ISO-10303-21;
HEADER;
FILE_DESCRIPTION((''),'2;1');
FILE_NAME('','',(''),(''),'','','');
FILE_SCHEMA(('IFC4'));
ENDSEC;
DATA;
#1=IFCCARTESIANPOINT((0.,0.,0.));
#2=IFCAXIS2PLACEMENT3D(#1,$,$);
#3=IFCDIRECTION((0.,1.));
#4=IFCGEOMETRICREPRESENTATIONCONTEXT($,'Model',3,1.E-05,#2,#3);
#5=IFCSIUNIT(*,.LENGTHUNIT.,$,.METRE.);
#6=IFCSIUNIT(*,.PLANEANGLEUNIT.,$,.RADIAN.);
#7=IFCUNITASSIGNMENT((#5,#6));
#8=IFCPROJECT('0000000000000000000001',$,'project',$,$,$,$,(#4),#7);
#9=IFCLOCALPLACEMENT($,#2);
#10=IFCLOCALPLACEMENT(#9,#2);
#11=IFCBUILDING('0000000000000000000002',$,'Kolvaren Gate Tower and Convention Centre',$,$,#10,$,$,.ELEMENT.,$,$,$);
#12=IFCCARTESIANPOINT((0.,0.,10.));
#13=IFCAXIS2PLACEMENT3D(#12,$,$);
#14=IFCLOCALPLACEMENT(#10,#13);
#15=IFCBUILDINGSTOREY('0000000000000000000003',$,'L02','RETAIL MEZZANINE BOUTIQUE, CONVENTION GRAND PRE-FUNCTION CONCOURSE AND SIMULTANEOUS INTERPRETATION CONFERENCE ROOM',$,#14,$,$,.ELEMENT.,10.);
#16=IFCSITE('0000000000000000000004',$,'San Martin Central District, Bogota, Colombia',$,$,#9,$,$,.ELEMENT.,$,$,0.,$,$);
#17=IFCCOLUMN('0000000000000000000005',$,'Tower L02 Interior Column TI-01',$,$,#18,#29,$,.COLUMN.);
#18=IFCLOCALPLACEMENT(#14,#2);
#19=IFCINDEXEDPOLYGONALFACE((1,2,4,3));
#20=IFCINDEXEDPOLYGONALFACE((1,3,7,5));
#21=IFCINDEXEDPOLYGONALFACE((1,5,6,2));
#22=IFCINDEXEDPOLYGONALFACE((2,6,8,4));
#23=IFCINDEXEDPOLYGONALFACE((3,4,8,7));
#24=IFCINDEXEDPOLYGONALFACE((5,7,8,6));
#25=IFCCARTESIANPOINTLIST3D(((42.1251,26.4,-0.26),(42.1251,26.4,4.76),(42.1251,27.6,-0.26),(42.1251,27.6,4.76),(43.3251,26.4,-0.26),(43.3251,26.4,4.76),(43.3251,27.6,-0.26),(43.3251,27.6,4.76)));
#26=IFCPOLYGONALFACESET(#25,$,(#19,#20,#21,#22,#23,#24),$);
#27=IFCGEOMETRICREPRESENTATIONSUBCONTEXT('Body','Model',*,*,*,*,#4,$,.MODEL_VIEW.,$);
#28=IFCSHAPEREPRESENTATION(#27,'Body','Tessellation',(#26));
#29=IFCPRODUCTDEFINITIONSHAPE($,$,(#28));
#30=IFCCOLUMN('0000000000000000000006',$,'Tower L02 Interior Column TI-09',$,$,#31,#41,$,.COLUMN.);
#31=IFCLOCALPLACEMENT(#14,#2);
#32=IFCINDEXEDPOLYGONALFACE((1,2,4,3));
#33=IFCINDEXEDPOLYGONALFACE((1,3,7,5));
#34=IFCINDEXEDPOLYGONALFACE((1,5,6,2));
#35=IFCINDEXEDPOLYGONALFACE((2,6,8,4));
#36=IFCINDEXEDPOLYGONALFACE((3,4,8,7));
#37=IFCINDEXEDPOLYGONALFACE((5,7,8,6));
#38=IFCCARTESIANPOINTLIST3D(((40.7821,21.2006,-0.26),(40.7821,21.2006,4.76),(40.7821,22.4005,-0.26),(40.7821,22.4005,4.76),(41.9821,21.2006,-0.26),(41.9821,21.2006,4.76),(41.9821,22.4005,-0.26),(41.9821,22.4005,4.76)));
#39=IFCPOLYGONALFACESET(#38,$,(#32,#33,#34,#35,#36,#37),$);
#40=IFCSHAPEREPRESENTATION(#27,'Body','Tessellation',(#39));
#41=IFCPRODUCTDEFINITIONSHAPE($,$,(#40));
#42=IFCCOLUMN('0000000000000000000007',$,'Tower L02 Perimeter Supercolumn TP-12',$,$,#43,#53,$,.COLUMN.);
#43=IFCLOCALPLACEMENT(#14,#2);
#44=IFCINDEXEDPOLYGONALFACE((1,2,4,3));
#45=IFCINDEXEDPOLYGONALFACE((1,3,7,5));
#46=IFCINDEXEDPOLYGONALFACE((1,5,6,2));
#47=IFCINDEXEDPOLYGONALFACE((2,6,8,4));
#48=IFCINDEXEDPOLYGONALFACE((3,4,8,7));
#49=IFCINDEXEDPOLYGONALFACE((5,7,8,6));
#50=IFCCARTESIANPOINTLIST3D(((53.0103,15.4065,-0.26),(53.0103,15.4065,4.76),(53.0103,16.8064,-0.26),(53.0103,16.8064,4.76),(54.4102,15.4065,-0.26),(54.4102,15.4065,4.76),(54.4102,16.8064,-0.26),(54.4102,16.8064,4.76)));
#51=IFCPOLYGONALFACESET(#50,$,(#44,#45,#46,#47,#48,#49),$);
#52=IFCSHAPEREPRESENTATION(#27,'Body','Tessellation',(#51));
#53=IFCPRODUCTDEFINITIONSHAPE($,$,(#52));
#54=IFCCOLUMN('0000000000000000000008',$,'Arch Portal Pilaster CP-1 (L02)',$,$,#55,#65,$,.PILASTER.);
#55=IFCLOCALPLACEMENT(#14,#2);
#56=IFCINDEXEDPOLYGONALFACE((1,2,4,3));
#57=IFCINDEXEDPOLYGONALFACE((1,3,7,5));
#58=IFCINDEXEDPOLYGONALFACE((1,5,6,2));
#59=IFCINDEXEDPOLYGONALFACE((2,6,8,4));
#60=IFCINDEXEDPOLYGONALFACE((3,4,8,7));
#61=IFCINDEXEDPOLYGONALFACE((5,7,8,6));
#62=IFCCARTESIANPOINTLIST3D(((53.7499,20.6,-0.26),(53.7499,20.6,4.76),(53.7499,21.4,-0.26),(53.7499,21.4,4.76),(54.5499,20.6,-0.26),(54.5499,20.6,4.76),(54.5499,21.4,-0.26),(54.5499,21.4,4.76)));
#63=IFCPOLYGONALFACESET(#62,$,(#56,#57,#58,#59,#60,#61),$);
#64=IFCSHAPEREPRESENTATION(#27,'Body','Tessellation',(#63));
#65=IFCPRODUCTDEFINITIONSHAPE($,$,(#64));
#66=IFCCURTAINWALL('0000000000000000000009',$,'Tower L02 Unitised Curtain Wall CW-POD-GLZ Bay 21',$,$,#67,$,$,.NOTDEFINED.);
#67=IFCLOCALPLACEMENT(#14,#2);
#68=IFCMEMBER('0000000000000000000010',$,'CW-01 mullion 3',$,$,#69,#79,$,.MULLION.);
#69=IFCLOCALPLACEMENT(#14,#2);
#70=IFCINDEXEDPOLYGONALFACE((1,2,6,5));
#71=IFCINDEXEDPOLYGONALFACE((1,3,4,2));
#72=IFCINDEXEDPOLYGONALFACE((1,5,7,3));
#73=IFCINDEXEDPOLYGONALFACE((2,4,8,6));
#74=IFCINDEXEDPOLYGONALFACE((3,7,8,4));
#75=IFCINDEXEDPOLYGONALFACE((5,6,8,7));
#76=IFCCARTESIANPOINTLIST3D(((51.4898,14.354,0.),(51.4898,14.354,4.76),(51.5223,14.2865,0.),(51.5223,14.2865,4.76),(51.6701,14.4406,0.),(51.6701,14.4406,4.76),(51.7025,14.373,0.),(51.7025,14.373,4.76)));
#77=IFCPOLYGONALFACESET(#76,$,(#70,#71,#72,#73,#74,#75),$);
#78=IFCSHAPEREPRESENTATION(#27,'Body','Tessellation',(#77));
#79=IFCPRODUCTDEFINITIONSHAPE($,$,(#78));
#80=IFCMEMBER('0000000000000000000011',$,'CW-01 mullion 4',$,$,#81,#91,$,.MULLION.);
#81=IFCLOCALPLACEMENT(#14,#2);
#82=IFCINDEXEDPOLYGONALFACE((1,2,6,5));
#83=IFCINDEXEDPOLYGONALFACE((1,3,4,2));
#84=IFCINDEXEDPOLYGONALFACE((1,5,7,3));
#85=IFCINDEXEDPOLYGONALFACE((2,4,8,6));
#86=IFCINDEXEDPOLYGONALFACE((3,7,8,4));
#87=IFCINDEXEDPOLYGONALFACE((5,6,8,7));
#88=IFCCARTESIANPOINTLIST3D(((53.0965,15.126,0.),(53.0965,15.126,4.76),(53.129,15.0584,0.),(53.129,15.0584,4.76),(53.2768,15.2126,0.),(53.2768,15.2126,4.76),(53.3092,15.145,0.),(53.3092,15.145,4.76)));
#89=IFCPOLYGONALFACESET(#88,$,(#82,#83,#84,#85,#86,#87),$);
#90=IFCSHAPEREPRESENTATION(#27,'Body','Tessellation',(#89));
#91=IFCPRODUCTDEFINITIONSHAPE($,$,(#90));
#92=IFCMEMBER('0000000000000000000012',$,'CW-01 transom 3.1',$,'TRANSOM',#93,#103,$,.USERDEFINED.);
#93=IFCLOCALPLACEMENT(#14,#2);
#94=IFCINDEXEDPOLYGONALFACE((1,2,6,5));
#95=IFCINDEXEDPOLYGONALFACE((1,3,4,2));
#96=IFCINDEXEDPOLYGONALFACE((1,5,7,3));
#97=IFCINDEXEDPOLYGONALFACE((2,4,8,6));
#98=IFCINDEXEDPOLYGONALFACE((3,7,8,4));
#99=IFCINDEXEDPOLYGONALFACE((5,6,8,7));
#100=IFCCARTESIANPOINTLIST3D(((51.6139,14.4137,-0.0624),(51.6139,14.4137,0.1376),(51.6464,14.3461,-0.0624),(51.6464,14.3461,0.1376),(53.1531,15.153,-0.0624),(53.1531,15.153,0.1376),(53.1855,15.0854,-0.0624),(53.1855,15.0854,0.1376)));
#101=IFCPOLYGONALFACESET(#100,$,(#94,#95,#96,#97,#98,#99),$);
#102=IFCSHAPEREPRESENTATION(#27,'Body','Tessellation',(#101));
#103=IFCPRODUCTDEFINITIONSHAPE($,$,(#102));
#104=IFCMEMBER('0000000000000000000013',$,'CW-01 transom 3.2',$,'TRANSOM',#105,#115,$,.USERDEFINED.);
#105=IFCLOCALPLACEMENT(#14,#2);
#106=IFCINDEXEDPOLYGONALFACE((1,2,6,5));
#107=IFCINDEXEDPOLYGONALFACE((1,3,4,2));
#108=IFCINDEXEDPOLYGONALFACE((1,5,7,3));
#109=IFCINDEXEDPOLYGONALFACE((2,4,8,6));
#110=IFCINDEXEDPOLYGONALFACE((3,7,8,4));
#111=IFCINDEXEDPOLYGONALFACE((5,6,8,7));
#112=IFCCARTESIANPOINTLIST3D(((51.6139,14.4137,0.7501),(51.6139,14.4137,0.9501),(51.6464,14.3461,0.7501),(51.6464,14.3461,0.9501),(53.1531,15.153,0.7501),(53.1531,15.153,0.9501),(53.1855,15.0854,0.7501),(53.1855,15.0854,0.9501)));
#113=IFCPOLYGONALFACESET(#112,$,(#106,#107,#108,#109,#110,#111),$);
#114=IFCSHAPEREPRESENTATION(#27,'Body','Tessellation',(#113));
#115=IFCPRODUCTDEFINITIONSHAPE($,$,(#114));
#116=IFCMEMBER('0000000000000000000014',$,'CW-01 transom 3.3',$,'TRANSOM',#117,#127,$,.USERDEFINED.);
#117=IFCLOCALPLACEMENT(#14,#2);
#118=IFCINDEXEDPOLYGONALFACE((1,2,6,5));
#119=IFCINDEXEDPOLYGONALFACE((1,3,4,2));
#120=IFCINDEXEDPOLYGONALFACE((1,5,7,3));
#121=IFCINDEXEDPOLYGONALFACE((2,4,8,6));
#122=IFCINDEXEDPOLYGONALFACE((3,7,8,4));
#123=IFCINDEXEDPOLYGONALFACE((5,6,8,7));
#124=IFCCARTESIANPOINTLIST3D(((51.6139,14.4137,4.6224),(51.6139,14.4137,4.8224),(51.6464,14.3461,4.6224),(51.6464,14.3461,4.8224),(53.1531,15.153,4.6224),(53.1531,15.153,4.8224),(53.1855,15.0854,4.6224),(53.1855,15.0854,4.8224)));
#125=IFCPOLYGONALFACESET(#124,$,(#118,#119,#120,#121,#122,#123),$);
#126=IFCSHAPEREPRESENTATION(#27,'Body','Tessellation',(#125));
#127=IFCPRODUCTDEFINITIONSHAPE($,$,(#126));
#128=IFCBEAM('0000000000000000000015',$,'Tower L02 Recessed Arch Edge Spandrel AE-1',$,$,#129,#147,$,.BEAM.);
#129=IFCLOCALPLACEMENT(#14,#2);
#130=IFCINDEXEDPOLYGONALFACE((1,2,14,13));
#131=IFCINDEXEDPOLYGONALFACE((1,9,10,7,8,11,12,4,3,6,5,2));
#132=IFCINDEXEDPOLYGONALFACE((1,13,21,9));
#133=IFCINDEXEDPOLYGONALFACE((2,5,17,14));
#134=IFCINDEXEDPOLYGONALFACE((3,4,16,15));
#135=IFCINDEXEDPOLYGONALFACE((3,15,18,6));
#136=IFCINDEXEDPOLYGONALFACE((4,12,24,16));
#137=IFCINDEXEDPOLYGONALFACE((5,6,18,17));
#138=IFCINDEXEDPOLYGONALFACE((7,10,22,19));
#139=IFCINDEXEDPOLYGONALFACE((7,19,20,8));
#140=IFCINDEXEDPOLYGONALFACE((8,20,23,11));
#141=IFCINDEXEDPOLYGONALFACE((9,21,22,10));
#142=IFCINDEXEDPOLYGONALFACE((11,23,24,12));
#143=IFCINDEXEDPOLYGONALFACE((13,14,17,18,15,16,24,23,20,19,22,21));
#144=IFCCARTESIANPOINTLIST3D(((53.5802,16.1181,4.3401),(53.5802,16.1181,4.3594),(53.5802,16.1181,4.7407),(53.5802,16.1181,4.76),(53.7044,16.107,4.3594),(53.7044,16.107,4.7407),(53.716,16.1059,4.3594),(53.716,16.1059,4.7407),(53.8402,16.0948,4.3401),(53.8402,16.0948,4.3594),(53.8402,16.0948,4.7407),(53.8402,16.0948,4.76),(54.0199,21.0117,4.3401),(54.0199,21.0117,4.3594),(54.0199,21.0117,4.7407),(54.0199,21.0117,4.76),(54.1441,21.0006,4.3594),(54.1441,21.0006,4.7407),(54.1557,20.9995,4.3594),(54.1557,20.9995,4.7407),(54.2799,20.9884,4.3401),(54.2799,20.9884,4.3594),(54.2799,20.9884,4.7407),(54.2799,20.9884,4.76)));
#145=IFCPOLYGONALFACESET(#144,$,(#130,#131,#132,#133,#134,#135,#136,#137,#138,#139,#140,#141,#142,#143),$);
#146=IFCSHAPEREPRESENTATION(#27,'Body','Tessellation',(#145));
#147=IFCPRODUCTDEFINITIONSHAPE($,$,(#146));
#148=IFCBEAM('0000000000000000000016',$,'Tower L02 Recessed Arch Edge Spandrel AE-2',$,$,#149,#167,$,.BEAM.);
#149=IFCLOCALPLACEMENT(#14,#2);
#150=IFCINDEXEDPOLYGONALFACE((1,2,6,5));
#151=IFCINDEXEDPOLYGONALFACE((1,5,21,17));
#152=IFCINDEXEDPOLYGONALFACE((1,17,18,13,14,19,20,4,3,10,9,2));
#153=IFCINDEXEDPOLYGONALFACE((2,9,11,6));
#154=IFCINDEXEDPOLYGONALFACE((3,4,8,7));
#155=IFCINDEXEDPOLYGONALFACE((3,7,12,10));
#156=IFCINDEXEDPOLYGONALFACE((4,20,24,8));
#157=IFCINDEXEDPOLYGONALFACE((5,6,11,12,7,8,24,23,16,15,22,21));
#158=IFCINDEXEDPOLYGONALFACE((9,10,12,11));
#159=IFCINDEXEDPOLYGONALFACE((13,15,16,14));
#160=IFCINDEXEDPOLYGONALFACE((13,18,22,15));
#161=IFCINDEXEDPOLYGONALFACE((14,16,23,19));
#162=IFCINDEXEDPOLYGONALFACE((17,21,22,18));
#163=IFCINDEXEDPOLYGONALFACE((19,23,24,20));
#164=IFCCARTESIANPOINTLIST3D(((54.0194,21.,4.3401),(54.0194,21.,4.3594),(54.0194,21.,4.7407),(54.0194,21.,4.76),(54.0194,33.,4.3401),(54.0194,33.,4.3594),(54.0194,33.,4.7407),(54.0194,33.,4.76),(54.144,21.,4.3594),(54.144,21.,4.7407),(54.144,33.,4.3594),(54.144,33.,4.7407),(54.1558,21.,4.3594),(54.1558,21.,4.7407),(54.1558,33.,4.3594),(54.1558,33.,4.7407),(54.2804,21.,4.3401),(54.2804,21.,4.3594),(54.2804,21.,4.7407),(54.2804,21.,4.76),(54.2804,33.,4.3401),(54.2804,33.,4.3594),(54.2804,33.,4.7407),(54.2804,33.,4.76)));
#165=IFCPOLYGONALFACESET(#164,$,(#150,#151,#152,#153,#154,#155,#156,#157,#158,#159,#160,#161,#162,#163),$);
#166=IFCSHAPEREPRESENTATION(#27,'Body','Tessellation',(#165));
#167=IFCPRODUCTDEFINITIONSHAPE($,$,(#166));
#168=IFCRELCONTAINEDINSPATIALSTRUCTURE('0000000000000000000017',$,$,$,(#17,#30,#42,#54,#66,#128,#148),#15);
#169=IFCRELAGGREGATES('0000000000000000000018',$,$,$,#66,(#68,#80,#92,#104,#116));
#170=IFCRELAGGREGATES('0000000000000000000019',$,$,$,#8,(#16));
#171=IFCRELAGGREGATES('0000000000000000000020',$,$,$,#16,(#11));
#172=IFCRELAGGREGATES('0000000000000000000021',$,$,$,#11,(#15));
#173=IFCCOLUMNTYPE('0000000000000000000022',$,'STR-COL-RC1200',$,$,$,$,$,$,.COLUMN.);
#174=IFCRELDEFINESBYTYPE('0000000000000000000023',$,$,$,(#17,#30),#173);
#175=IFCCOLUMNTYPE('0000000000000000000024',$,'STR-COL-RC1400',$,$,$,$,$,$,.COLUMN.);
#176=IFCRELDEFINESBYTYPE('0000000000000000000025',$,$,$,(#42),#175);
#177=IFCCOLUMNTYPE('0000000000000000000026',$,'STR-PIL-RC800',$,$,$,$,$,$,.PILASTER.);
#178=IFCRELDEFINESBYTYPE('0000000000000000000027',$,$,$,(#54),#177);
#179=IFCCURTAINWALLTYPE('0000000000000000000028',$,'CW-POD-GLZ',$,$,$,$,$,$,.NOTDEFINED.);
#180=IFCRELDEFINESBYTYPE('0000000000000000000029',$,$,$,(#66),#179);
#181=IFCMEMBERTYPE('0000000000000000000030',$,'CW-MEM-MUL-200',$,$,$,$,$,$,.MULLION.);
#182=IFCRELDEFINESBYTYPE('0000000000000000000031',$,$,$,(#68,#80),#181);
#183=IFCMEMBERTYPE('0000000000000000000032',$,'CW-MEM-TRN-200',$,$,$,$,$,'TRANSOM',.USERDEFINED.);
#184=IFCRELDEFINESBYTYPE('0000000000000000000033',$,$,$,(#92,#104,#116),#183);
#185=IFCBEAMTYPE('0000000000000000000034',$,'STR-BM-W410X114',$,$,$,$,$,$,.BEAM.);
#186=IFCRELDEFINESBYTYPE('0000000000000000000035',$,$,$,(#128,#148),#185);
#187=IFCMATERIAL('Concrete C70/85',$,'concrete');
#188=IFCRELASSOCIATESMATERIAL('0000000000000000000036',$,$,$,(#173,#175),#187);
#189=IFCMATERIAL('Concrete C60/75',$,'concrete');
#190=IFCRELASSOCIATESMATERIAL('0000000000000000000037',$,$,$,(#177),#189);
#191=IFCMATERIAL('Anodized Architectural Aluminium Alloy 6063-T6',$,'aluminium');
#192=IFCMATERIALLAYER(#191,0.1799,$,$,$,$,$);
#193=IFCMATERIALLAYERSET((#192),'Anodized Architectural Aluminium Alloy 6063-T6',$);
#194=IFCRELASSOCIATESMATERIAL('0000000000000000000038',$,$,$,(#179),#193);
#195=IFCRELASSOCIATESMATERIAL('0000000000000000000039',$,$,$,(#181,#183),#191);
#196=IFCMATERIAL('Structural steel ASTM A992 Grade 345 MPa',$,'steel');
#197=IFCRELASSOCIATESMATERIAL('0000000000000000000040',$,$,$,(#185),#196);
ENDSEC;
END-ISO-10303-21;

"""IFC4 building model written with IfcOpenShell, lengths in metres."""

from ifc_helpers import new_model, si_unit, direction, frame, origin, origin_2d, place, context, subcontext, project, spatial, rectangle, i_section, extrude, material, layer, layer_set, material_profile, profile_set, type_object, element, aggregate, save


model = new_model("IFC4")

# Units and contexts
model_context = context("Model", 3, precision=1e-05, world=origin(), true_north=direction((0.0, 1.0)))
body_context = subcontext(model_context, "Body", "Model", "MODEL_VIEW")
ifc_project = project(units=[si_unit("LENGTHUNIT", "METRE"), si_unit("PLANEANGLEUNIT", "RADIAN")], contexts=[model_context])

# Site, building, storey
site_placement = place(None, origin())
site = spatial("IfcSite", under=ifc_project, at=site_placement, Name="San Martin Central District, Bogota, Colombia", CompositionType="ELEMENT", RefElevation=0.0)
building_placement = place(site_placement, origin())
building = spatial("IfcBuilding", under=site, at=building_placement, Name="Kolvaren Gate Tower and Convention Centre", CompositionType="ELEMENT")
storey_placement = place(building_placement, frame((0.0, 0.0, 10.0)))
storey = spatial("IfcBuildingStorey", under=building, at=storey_placement, Name="L02", Description="RETAIL MEZZANINE BOUTIQUE, CONVENTION GRAND PRE-FUNCTION CONCOURSE AND SIMULTANEOUS INTERPRETATION CONFERENCE ROOM", CompositionType="ELEMENT", Elevation=10.0)

# Columns
ifc_material_1 = material(Name="Concrete C70/85", Category="concrete")
ifc_material_profile_1 = material_profile(ifc_material_1, rectangle(XDim=1.2, YDim=1.2, at=origin_2d()), Name="RC-COL-1200X1200")
ifc_profile_set_1 = profile_set([ifc_material_profile_1], Name="Concrete C70/85")
column_type_1 = type_object("IfcColumnType", Name="STR-COL-RC1200", PredefinedType="COLUMN", material=ifc_profile_set_1)
for number, where, z_axis, x_axis, name in (
    (1, (42.7251, 27.0, -0.26), (0.0, 0.0, 1.0), (1.0, 0.0, 0.0), "Tower L02 Interior Column TI-01"),
    (2, (41.3821, 21.8005, -0.26), (0.0, 0.0, 1.0), (1.0, 0.0, 0.0), "Tower L02 Interior Column TI-09"),
):
    element("IfcColumn", number, at=place(storey_placement, frame(where, z_axis=z_axis, x_axis=x_axis)), inside=storey, type_object=column_type_1, Name=name, PredefinedType="COLUMN", context=body_context, shape_type="SweptSolid", body=[
        extrude(rectangle(XDim=1.2, YDim=1.2, at=origin_2d()), origin(), (0.0, 0.0, 1.0), 5.02),
    ])
ifc_material_profile_2 = material_profile(ifc_material_1, rectangle(XDim=1.3999, YDim=1.3999, at=origin_2d()), Name="RC-COL-1400X1400")
ifc_profile_set_2 = profile_set([ifc_material_profile_2], Name="Concrete C70/85")
column_type_2 = type_object("IfcColumnType", Name="STR-COL-RC1400", PredefinedType="COLUMN", material=ifc_profile_set_2)
column_1_placement = place(storey_placement, frame((53.7102, 16.1064, -0.26), z_axis=(0.0, 0.0, 1.0), x_axis=(1.0, 0.0, 0.0)))
element("IfcColumn", 3, at=column_1_placement, inside=storey, type_object=column_type_2, Name="Tower L02 Perimeter Supercolumn TP-12", PredefinedType="COLUMN", context=body_context, shape_type="SweptSolid", body=[
    extrude(rectangle(XDim=1.3999, YDim=1.3999, at=origin_2d()), origin(), (0.0, 0.0, 1.0), 5.02),
])
ifc_material_2 = material(Name="Concrete C60/75", Category="concrete")
ifc_material_profile_3 = material_profile(ifc_material_2, rectangle(XDim=0.8, YDim=0.8, at=origin_2d()), Name="RC-COL-800X800")
ifc_profile_set_3 = profile_set([ifc_material_profile_3], Name="Concrete C60/75")
column_type_3 = type_object("IfcColumnType", Name="STR-PIL-RC800", PredefinedType="PILASTER", material=ifc_profile_set_3)
column_2_placement = place(storey_placement, frame((54.1499, 21.0, -0.26), z_axis=(0.0, 0.0, 1.0), x_axis=(1.0, 0.0, 0.0)))
element("IfcColumn", 4, at=column_2_placement, inside=storey, type_object=column_type_3, Name="Arch Portal Pilaster CP-1 (L02)", PredefinedType="PILASTER", context=body_context, shape_type="SweptSolid", body=[
    extrude(rectangle(XDim=0.8, YDim=0.8, at=origin_2d()), origin(), (0.0, 0.0, 1.0), 5.02),
])

# Curtain wall, members
ifc_material_3 = material(Name="Anodized Architectural Aluminium Alloy 6063-T6", Category="aluminium")
ifc_layer_1 = layer(ifc_material_3, 0.1799)
ifc_layer_set_1 = layer_set([ifc_layer_1], Name="Anodized Architectural Aluminium Alloy 6063-T6")
curtain_wall_type = type_object("IfcCurtainWallType", Name="CW-POD-GLZ", PredefinedType="NOTDEFINED", material=ifc_layer_set_1)
curtain_wall_placement = place(storey_placement, origin())
curtain_wall = element("IfcCurtainWall", 5, at=curtain_wall_placement, inside=storey, type_object=curtain_wall_type, Name="Tower L02 Unitised Curtain Wall CW-POD-GLZ Bay 21", PredefinedType="NOTDEFINED")
ifc_material_profile_4 = material_profile(ifc_material_3, rectangle(XDim=0.075, YDim=0.2, at=origin_2d()), Name="CW-MEM-MUL-200")
ifc_profile_set_4 = profile_set([ifc_material_profile_4], Name="Anodized Architectural Aluminium Alloy 6063-T6")
member_type_1 = type_object("IfcMemberType", Name="CW-MEM-MUL-200", PredefinedType="MULLION", material=ifc_profile_set_4)
member_1_placement = place(storey_placement, frame((51.5962, 14.3635, 0.0), z_axis=(0.0, 0.0, 1.0), x_axis=(-0.433063, 0.901364, 0.0)))
member_1 = element("IfcMember", 6, at=member_1_placement, type_object=member_type_1, Name="CW-01 mullion 3", PredefinedType="MULLION", context=body_context, shape_type="SweptSolid", body=[
    extrude(rectangle(XDim=0.075, YDim=0.2, at=origin_2d()), origin(), (0.0, 0.0, 1.0), 4.76),
])
member_2_placement = place(storey_placement, frame((53.2029, 15.1355, 0.0), z_axis=(0.0, 0.0, 1.0), x_axis=(-0.433063, 0.901364, 0.0)))
member_2 = element("IfcMember", 7, at=member_2_placement, type_object=member_type_1, Name="CW-01 mullion 4", PredefinedType="MULLION", context=body_context, shape_type="SweptSolid", body=[
    extrude(rectangle(XDim=0.075, YDim=0.2, at=origin_2d()), origin(), (0.0, 0.0, 1.0), 4.76),
])
ifc_material_profile_5 = material_profile(ifc_material_3, rectangle(XDim=0.075, YDim=0.2, at=origin_2d()), Name="CW-MEM-TRN-200")
ifc_profile_set_5 = profile_set([ifc_material_profile_5], Name="Anodized Architectural Aluminium Alloy 6063-T6")
member_type_2 = type_object("IfcMemberType", Name="CW-MEM-TRN-200", ElementType="TRANSOM", PredefinedType="USERDEFINED", material=ifc_profile_set_5)
member_3_placement = place(storey_placement, frame((51.6301, 14.3799, 0.0376), z_axis=(0.901407, 0.432973, 0.0), x_axis=(-0.432973, 0.901407, 0.0)))
member_3 = element("IfcMember", 8, at=member_3_placement, type_object=member_type_2, Name="CW-01 transom 3.1", ObjectType="TRANSOM", PredefinedType="USERDEFINED", context=body_context, shape_type="SweptSolid", body=[
    extrude(rectangle(XDim=0.075, YDim=0.2, at=origin_2d()), origin(), (0.0, 0.0, 1.0), 1.7075),
])
member_4_placement = place(storey_placement, frame((51.6301, 14.3799, 0.8501), z_axis=(0.901407, 0.432973, 0.0), x_axis=(-0.432973, 0.901407, 0.0)))
member_4 = element("IfcMember", 9, at=member_4_placement, type_object=member_type_2, Name="CW-01 transom 3.2", ObjectType="TRANSOM", PredefinedType="USERDEFINED", context=body_context, shape_type="SweptSolid", body=[
    extrude(rectangle(XDim=0.075, YDim=0.2, at=origin_2d()), origin(), (0.0, 0.0, 1.0), 1.7075),
])
member_5_placement = place(storey_placement, frame((51.6301, 14.3799, 4.7224), z_axis=(0.901407, 0.432973, 0.0), x_axis=(-0.432973, 0.901407, 0.0)))
member_5 = element("IfcMember", 10, at=member_5_placement, type_object=member_type_2, Name="CW-01 transom 3.3", ObjectType="TRANSOM", PredefinedType="USERDEFINED", context=body_context, shape_type="SweptSolid", body=[
    extrude(rectangle(XDim=0.075, YDim=0.2, at=origin_2d()), origin(), (0.0, 0.0, 1.0), 1.7075),
])

# Beams
ifc_material_4 = material(Name="Structural steel ASTM A992 Grade 345 MPa", Category="steel")
ifc_material_profile_6 = material_profile(ifc_material_4, i_section(OverallWidth=0.261, OverallDepth=0.4199, WebThickness=0.0117, FlangeThickness=0.0193, at=origin_2d()), Name="W410X114")
ifc_profile_set_6 = profile_set([ifc_material_profile_6], Name="Structural steel ASTM A992 Grade 345 MPa")
beam_type_1 = type_object("IfcBeamType", Name="STR-BM-W410X114", PredefinedType="BEAM", material=ifc_profile_set_6)
beam_1_placement = place(storey_placement, frame((53.7102, 16.1064, 4.55), z_axis=(0.089492, 0.995988, 0.0), x_axis=(-0.995988, 0.089492, 0.0)))
element("IfcBeam", 11, at=beam_1_placement, inside=storey, type_object=beam_type_1, Name="Tower L02 Recessed Arch Edge Spandrel AE-1", PredefinedType="BEAM", context=body_context, shape_type="SweptSolid", body=[
    extrude(i_section(OverallWidth=0.261, OverallDepth=0.4199, WebThickness=0.0117, FlangeThickness=0.0193, at=origin_2d()), origin(), (0.0, 0.0, 1.0), 4.9133),
])
beam_2_placement = place(storey_placement, frame((54.1499, 21.0, 4.55), z_axis=(0.0, 1.0, 0.0), x_axis=(-1.0, 0.0, 0.0)))
element("IfcBeam", 12, at=beam_2_placement, inside=storey, type_object=beam_type_1, Name="Tower L02 Recessed Arch Edge Spandrel AE-2", PredefinedType="BEAM", context=body_context, shape_type="SweptSolid", body=[
    extrude(i_section(OverallWidth=0.261, OverallDepth=0.4199, WebThickness=0.0117, FlangeThickness=0.0193, at=origin_2d()), origin(), (0.0, 0.0, 1.0), 12.0),
])

aggregate(curtain_wall, [member_1, member_2, member_3, member_4, member_5])

save(model, "model.ifc")
